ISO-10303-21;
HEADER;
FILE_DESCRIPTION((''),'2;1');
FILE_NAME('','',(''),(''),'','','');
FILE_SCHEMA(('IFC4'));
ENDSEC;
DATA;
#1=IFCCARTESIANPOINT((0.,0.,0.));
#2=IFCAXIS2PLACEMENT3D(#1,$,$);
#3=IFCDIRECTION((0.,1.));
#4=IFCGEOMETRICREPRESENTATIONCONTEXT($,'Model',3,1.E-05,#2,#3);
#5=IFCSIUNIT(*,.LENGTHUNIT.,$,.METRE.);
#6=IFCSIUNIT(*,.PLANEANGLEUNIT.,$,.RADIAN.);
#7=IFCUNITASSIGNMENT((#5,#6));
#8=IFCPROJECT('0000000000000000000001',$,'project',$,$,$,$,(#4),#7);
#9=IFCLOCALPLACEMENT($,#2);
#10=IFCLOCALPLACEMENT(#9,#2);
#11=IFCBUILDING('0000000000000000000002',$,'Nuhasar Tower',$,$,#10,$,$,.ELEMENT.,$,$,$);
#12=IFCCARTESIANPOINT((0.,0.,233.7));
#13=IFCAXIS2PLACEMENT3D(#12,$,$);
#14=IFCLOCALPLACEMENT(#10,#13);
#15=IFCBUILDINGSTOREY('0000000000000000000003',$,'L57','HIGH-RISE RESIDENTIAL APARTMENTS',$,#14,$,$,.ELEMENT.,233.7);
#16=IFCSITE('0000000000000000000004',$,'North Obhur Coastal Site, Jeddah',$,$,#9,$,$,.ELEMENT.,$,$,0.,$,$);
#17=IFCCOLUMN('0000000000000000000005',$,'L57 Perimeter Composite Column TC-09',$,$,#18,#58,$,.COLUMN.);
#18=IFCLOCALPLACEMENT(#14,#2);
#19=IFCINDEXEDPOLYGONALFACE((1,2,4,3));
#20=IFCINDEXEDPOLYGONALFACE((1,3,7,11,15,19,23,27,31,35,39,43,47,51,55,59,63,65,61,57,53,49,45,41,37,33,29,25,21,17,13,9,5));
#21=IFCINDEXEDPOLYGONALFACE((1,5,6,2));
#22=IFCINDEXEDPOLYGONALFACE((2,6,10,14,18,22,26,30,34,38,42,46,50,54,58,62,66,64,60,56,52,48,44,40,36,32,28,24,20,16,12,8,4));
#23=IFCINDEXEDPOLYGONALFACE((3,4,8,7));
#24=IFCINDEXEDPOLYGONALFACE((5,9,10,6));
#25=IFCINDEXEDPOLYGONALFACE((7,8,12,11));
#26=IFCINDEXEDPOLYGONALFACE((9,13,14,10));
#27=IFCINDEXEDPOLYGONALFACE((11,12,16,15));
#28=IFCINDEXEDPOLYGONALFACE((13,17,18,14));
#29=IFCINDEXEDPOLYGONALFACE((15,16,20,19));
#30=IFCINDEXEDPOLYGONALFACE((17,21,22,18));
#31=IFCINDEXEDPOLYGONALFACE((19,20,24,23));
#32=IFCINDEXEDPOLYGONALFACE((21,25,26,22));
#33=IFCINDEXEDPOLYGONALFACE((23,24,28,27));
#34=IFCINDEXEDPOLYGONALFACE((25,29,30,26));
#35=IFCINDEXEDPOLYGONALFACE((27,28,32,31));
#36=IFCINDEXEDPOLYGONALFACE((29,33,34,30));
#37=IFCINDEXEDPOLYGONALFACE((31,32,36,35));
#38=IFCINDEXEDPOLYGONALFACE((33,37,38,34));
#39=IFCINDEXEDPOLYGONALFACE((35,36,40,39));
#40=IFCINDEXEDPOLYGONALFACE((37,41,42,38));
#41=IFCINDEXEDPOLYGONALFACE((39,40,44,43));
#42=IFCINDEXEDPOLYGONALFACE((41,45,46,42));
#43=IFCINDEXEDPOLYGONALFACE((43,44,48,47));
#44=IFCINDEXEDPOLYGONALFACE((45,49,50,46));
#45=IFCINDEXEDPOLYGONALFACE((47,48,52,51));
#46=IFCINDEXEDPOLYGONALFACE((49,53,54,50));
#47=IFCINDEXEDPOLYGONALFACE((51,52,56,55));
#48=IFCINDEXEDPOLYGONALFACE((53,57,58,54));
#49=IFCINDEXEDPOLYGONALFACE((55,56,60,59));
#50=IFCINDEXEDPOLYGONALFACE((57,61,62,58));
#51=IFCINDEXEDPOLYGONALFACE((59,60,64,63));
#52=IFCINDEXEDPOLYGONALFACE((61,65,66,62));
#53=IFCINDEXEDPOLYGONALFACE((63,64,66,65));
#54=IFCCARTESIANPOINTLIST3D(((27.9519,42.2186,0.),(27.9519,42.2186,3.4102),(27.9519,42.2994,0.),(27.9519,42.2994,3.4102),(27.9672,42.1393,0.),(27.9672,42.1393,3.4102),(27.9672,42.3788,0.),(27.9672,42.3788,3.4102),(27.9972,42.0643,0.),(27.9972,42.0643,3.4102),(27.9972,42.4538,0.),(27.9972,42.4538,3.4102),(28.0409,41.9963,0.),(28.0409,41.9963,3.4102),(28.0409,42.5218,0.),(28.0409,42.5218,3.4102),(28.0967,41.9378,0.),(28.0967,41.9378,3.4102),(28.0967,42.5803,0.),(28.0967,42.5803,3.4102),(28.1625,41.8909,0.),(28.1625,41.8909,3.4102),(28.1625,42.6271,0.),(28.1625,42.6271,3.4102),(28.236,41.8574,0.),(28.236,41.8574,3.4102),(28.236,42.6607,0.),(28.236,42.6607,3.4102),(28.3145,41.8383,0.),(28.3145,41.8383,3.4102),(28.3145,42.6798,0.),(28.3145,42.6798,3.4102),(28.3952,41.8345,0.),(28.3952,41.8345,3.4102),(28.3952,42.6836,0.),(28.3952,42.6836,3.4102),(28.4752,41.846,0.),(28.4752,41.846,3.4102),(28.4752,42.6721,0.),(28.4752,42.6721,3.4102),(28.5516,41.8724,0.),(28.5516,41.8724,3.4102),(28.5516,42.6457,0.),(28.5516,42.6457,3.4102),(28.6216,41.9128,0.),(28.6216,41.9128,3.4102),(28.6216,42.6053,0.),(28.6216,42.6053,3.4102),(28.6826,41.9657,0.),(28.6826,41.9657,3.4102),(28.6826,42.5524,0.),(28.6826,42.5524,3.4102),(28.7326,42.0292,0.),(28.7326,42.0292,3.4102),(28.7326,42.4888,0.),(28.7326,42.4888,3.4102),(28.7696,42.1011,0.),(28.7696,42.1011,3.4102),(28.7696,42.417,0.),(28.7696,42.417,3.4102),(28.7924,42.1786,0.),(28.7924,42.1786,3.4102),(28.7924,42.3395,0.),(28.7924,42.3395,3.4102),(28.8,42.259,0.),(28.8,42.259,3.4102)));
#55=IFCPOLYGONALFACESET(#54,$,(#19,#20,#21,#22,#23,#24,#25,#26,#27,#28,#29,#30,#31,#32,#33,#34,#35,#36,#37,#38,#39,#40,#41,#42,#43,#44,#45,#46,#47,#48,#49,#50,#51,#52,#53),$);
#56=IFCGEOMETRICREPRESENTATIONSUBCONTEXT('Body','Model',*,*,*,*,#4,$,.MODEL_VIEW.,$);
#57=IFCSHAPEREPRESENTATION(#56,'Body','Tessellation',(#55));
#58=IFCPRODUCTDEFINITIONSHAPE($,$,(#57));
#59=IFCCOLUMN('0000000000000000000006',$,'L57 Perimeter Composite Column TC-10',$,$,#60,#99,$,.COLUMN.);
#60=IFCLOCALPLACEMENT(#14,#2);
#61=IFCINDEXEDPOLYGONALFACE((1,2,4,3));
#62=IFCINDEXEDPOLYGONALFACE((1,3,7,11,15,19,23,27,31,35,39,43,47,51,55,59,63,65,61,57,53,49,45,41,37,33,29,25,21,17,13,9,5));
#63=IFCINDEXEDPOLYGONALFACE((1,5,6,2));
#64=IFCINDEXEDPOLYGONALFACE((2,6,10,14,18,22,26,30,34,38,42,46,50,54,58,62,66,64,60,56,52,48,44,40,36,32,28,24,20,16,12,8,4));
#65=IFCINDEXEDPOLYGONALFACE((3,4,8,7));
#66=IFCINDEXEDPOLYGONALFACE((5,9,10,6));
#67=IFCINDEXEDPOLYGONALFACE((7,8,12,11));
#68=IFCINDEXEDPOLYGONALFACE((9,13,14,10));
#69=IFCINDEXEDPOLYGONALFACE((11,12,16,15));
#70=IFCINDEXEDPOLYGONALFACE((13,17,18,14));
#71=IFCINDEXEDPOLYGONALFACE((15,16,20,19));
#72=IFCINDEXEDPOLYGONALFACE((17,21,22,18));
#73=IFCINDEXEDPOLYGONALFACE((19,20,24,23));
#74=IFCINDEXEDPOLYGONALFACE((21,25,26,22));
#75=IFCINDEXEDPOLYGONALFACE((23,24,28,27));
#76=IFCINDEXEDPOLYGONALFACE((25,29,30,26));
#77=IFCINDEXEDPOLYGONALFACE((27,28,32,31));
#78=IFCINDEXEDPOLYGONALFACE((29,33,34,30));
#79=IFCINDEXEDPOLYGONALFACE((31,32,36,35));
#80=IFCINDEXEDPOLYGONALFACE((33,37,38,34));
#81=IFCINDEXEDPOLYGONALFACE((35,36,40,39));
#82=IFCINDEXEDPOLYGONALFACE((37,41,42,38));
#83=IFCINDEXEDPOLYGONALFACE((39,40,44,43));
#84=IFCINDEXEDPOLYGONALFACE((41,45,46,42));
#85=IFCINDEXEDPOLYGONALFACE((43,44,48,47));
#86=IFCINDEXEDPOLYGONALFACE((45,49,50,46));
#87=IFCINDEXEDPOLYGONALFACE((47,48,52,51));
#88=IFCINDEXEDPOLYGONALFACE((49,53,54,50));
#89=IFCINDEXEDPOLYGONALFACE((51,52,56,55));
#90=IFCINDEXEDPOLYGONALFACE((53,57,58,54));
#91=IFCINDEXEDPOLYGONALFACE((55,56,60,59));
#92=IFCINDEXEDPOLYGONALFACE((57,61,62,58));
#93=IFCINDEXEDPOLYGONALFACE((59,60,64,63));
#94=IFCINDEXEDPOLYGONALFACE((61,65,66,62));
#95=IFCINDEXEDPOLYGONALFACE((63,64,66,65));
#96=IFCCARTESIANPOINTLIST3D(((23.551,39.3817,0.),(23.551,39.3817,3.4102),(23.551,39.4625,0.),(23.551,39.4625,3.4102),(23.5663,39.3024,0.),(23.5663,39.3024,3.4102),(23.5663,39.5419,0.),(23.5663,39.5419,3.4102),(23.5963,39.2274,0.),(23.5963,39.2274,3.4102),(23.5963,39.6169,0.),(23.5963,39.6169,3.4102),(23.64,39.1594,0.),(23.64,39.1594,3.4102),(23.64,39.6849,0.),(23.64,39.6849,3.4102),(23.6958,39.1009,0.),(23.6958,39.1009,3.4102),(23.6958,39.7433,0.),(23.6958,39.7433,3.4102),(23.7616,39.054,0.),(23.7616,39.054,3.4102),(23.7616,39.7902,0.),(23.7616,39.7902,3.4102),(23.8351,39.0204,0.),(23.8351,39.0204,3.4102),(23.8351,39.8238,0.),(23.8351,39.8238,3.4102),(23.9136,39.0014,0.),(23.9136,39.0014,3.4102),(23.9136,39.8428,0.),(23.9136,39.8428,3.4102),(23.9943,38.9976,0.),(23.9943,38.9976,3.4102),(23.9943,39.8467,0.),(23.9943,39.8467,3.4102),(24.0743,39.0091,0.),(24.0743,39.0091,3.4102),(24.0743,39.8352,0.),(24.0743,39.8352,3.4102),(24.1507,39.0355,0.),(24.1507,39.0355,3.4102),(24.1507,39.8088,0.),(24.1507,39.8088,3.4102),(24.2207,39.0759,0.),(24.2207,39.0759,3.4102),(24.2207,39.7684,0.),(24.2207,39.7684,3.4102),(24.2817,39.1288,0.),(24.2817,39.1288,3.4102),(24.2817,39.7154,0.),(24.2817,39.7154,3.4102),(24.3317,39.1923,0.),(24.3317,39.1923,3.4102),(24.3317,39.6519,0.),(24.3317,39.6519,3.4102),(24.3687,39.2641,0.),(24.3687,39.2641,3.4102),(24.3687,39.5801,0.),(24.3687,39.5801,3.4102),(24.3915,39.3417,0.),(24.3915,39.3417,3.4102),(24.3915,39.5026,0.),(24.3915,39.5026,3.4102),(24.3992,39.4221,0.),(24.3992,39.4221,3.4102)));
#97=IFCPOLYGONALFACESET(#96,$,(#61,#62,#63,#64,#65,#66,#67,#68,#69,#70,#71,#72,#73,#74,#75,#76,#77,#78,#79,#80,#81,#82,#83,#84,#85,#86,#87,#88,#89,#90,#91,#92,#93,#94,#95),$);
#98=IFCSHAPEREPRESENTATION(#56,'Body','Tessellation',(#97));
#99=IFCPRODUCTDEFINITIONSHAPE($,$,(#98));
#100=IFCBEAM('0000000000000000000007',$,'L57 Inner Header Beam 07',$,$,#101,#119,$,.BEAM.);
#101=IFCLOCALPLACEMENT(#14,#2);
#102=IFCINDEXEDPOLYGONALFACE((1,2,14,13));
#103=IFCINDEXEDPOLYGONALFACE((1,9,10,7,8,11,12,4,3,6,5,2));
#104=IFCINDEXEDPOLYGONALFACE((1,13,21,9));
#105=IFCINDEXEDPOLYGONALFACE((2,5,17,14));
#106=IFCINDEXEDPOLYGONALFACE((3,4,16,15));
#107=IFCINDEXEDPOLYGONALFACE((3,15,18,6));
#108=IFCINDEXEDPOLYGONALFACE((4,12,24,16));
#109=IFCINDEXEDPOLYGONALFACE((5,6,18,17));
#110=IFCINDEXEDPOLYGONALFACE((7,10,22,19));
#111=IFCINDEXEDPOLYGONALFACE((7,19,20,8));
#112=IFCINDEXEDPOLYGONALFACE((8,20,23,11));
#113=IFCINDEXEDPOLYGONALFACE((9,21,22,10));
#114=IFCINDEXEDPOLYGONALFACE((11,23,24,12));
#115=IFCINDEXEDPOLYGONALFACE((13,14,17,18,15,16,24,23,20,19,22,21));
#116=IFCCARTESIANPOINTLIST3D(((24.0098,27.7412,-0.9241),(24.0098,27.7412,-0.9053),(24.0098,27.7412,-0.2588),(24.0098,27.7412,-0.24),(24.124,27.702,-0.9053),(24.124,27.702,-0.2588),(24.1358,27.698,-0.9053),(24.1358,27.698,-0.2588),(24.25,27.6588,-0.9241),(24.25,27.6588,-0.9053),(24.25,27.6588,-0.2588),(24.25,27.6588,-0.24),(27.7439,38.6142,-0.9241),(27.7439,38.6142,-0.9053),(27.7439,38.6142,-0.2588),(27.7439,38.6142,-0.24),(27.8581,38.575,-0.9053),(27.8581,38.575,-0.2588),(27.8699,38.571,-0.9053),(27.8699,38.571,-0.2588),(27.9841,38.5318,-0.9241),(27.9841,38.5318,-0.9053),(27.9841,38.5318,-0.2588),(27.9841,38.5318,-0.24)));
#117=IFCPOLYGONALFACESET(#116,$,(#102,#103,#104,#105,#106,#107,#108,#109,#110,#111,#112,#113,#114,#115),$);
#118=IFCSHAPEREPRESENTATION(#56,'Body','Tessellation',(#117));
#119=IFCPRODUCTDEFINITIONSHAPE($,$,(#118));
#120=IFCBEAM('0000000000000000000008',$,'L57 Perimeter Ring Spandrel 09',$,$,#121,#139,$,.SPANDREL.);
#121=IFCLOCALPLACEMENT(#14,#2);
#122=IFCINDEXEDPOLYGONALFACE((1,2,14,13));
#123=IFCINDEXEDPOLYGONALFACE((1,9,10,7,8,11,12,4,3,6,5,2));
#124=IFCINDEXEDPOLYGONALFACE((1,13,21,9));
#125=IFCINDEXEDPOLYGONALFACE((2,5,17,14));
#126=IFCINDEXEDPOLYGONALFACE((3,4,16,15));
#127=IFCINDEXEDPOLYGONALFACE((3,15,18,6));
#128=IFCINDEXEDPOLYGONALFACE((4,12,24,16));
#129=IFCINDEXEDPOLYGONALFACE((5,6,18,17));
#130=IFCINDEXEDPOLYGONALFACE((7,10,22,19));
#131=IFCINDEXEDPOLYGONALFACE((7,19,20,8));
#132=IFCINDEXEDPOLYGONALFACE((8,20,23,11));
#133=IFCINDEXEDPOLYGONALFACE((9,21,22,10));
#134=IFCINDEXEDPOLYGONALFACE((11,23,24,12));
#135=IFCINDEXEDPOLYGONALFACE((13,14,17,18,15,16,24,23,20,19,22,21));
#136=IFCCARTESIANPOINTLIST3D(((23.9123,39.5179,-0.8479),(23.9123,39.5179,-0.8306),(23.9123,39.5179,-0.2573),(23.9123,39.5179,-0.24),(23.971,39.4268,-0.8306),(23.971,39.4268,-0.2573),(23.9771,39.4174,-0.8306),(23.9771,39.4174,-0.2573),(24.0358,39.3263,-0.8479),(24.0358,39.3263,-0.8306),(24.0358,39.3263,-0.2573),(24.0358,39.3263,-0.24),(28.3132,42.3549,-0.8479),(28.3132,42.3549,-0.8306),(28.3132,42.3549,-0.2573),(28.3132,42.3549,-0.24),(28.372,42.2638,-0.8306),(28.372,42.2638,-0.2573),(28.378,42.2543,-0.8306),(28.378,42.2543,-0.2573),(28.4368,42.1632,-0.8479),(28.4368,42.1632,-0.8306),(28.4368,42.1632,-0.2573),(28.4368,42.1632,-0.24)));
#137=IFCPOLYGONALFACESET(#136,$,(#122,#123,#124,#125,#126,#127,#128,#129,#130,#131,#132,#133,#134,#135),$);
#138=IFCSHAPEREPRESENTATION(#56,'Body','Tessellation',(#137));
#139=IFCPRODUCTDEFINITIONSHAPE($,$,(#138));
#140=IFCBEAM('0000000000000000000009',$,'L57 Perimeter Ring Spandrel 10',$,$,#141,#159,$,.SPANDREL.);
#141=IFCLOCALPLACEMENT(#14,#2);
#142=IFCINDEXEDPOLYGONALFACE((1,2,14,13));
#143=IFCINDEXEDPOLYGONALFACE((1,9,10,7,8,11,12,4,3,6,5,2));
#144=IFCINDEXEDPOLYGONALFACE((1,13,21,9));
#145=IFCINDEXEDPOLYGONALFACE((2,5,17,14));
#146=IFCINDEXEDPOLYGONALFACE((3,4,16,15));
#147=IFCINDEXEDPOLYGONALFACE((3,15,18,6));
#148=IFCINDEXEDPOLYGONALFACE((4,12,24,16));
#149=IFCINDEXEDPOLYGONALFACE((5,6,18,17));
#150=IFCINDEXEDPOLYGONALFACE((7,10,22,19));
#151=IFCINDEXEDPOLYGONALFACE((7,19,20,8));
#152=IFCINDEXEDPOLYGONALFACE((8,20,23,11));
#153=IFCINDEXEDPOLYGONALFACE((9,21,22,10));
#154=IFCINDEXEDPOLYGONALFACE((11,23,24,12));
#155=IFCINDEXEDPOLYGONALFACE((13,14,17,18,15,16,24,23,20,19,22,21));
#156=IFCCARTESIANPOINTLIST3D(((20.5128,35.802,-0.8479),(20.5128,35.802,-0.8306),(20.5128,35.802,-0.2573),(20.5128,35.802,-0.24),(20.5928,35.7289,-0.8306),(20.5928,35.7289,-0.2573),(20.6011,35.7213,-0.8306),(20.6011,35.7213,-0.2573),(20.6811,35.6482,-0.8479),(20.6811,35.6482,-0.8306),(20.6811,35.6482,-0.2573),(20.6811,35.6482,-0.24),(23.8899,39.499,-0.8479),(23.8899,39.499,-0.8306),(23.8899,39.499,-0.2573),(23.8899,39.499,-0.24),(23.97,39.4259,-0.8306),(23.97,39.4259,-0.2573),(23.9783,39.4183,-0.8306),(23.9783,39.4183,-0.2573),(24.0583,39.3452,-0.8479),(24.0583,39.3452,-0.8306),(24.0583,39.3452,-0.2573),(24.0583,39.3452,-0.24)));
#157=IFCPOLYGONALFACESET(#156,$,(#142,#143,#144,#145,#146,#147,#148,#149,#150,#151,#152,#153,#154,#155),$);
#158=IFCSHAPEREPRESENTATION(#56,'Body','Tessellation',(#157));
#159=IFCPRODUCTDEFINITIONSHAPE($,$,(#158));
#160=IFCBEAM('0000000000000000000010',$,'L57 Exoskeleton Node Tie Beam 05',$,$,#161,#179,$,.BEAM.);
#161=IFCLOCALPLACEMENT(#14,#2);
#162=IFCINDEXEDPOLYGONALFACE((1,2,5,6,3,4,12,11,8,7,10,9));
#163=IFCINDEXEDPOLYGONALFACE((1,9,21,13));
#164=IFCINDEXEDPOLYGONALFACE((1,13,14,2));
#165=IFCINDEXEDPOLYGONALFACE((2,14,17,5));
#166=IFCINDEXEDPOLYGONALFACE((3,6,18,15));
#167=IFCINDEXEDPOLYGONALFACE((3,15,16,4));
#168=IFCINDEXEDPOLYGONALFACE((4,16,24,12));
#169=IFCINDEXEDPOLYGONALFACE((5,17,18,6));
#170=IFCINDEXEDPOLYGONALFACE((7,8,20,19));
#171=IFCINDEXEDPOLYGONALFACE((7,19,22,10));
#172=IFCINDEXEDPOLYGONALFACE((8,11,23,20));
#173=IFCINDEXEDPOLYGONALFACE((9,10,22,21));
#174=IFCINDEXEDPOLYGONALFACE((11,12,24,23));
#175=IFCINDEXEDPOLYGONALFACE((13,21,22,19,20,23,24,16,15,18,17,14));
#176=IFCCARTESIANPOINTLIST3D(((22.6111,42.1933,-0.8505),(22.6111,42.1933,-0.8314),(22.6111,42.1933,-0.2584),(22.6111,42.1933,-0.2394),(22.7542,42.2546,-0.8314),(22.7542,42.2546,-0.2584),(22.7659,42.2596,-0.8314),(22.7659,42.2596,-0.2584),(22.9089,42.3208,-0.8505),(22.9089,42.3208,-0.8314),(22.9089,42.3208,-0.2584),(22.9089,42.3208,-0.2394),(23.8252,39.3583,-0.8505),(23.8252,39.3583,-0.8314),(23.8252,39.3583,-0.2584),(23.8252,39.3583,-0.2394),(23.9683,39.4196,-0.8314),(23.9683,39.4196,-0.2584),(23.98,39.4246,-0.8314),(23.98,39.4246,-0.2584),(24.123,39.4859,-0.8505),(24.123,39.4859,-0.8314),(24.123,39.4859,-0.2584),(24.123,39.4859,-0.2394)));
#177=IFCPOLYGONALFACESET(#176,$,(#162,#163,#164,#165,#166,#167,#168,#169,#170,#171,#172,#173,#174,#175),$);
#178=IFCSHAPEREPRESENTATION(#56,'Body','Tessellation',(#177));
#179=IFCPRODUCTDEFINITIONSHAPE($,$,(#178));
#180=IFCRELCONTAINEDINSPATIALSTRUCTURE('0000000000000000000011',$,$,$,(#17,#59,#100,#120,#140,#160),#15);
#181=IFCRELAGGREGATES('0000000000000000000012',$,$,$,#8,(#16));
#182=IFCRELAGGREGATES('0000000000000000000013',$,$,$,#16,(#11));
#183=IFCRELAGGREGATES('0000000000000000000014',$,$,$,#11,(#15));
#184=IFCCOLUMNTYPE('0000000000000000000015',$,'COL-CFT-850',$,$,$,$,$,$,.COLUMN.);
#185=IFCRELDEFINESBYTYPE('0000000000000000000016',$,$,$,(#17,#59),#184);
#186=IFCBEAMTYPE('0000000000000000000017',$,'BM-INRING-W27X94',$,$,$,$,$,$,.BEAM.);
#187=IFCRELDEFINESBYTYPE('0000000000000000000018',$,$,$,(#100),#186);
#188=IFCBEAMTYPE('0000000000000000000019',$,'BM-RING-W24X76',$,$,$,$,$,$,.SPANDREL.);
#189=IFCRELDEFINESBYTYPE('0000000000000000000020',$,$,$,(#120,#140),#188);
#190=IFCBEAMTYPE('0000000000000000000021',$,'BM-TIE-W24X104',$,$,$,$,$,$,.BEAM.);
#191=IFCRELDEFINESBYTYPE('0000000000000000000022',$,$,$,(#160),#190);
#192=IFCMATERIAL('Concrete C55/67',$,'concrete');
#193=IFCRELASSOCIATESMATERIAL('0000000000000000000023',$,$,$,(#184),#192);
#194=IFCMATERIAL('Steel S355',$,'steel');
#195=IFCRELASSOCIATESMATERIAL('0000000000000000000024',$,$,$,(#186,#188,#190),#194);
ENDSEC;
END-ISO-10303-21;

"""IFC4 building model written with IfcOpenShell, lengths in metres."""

from ifc_helpers import new_model, si_unit, direction, frame, origin, origin_2d, place, context, subcontext, project, spatial, circle, i_section, extrude, material, material_profile, profile_set, type_object, element, save


model = new_model("IFC4")

# Units and contexts
model_context = context("Model", 3, precision=1e-05, world=origin(), true_north=direction((0.0, 1.0)))
body_context = subcontext(model_context, "Body", "Model", "MODEL_VIEW")
ifc_project = project(units=[si_unit("LENGTHUNIT", "METRE"), si_unit("PLANEANGLEUNIT", "RADIAN")], contexts=[model_context])

# Site, building, storey
site_placement = place(None, origin())
site = spatial("IfcSite", under=ifc_project, at=site_placement, Name="North Obhur Coastal Site, Jeddah", CompositionType="ELEMENT", RefElevation=0.0)
building_placement = place(site_placement, origin())
building = spatial("IfcBuilding", under=site, at=building_placement, Name="Nuhasar Tower", CompositionType="ELEMENT")
storey_placement = place(building_placement, frame((0.0, 0.0, 233.7)))
storey = spatial("IfcBuildingStorey", under=building, at=storey_placement, Name="L57", Description="HIGH-RISE RESIDENTIAL APARTMENTS", CompositionType="ELEMENT", Elevation=233.7)

# Columns
ifc_material_1 = material(Name="Concrete C55/67", Category="concrete")
ifc_material_profile_1 = material_profile(ifc_material_1, circle(Radius=0.425, at=origin_2d()), Name="CFT850")
ifc_profile_set_1 = profile_set([ifc_material_profile_1], Name="Concrete C55/67")
column_type = type_object("IfcColumnType", Name="COL-CFT-850", PredefinedType="COLUMN", material=ifc_profile_set_1)
for number, where, z_axis, x_axis, name in (
    (1, (28.375, 42.259, 0.0), (0.0, 0.0, 1.0), (1.0, 0.0, 0.0), "L57 Perimeter Composite Column TC-09"),
    (2, (23.9741, 39.4221, 0.0), (0.0, 0.0, 1.0), (1.0, 0.0, 0.0), "L57 Perimeter Composite Column TC-10"),
):
    element("IfcColumn", number, at=place(storey_placement, frame(where, z_axis=z_axis, x_axis=x_axis)), inside=storey, type_object=column_type, Name=name, PredefinedType="COLUMN", context=body_context, shape_type="SweptSolid", body=[
        extrude(circle(Radius=0.425, at=origin_2d()), origin(), (0.0, 0.0, 1.0), 3.4102),
    ])

# Beams
ifc_material_2 = material(Name="Steel S355", Category="steel")
ifc_material_profile_2 = material_profile(ifc_material_2, i_section(OverallWidth=0.2539, OverallDepth=0.6841, WebThickness=0.0125, FlangeThickness=0.0188, at=origin_2d()), Name="W27X94")
ifc_profile_set_2 = profile_set([ifc_material_profile_2], Name="Steel S355")
beam_type_1 = type_object("IfcBeamType", Name="BM-INRING-W27X94", PredefinedType="BEAM", material=ifc_profile_set_2)
beam_1_placement = place(storey_placement, frame((27.864, 38.573, -0.582), z_axis=(-0.324809, -0.94578, 0.0), x_axis=(0.94578, -0.324809, 0.0)))
element("IfcBeam", 3, at=beam_1_placement, inside=storey, type_object=beam_type_1, Name="L57 Inner Header Beam 07", PredefinedType="BEAM", context=body_context, shape_type="SweptSolid", body=[
    extrude(i_section(OverallWidth=0.2539, OverallDepth=0.6841, WebThickness=0.0125, FlangeThickness=0.0188, at=origin_2d()), origin(), (0.0, 0.0, 1.0), 11.4963),
])
ifc_material_profile_3 = material_profile(ifc_material_2, i_section(OverallWidth=0.228, OverallDepth=0.6079, WebThickness=0.0112, FlangeThickness=0.0173, at=origin_2d()), Name="W24X76")
ifc_profile_set_3 = profile_set([ifc_material_profile_3], Name="Steel S355")
beam_type_2 = type_object("IfcBeamType", Name="BM-RING-W24X76", PredefinedType="SPANDREL", material=ifc_profile_set_3)
beam_2_placement = place(storey_placement, frame((28.375, 42.259, -0.5439), z_axis=(-0.840502, -0.541808, 0.0), x_axis=(0.541808, -0.840502, 0.0)))
element("IfcBeam", 4, at=beam_2_placement, inside=storey, type_object=beam_type_2, Name="L57 Perimeter Ring Spandrel 09", PredefinedType="SPANDREL", context=body_context, shape_type="SweptSolid", body=[
    extrude(i_section(OverallWidth=0.228, OverallDepth=0.6079, WebThickness=0.0112, FlangeThickness=0.0173, at=origin_2d()), origin(), (0.0, 0.0, 1.0), 5.2361),
])
beam_3_placement = place(storey_placement, frame((23.9741, 39.4221, -0.5439), z_axis=(-0.67445, -0.738321, 0.0), x_axis=(0.738321, -0.67445, 0.0)))
element("IfcBeam", 5, at=beam_3_placement, inside=storey, type_object=beam_type_2, Name="L57 Perimeter Ring Spandrel 10", PredefinedType="SPANDREL", context=body_context, shape_type="SweptSolid", body=[
    extrude(i_section(OverallWidth=0.228, OverallDepth=0.6079, WebThickness=0.0112, FlangeThickness=0.0173, at=origin_2d()), origin(), (0.0, 0.0, 1.0), 5.0073),
])
ifc_material_profile_4 = material_profile(ifc_material_2, i_section(OverallWidth=0.324, OverallDepth=0.6111, WebThickness=0.0127, FlangeThickness=0.019, at=origin_2d()), Name="W24X104")
ifc_profile_set_4 = profile_set([ifc_material_profile_4], Name="Steel S355")
beam_type_3 = type_object("IfcBeamType", Name="BM-TIE-W24X104", PredefinedType="BEAM", material=ifc_profile_set_4)
beam_4_placement = place(storey_placement, frame((23.9741, 39.4221, -0.5449), z_axis=(-0.39368, 0.919247, 0.0), x_axis=(-0.919247, -0.39368, 0.0)))
element("IfcBeam", 6, at=beam_4_placement, inside=storey, type_object=beam_type_3, Name="L57 Exoskeleton Node Tie Beam 05", PredefinedType="BEAM", context=body_context, shape_type="SweptSolid", body=[
    extrude(i_section(OverallWidth=0.324, OverallDepth=0.6111, WebThickness=0.0127, FlangeThickness=0.019, at=origin_2d()), origin(), (0.0, 0.0, 1.0), 3.084),
])

save(model, "model.ifc")
